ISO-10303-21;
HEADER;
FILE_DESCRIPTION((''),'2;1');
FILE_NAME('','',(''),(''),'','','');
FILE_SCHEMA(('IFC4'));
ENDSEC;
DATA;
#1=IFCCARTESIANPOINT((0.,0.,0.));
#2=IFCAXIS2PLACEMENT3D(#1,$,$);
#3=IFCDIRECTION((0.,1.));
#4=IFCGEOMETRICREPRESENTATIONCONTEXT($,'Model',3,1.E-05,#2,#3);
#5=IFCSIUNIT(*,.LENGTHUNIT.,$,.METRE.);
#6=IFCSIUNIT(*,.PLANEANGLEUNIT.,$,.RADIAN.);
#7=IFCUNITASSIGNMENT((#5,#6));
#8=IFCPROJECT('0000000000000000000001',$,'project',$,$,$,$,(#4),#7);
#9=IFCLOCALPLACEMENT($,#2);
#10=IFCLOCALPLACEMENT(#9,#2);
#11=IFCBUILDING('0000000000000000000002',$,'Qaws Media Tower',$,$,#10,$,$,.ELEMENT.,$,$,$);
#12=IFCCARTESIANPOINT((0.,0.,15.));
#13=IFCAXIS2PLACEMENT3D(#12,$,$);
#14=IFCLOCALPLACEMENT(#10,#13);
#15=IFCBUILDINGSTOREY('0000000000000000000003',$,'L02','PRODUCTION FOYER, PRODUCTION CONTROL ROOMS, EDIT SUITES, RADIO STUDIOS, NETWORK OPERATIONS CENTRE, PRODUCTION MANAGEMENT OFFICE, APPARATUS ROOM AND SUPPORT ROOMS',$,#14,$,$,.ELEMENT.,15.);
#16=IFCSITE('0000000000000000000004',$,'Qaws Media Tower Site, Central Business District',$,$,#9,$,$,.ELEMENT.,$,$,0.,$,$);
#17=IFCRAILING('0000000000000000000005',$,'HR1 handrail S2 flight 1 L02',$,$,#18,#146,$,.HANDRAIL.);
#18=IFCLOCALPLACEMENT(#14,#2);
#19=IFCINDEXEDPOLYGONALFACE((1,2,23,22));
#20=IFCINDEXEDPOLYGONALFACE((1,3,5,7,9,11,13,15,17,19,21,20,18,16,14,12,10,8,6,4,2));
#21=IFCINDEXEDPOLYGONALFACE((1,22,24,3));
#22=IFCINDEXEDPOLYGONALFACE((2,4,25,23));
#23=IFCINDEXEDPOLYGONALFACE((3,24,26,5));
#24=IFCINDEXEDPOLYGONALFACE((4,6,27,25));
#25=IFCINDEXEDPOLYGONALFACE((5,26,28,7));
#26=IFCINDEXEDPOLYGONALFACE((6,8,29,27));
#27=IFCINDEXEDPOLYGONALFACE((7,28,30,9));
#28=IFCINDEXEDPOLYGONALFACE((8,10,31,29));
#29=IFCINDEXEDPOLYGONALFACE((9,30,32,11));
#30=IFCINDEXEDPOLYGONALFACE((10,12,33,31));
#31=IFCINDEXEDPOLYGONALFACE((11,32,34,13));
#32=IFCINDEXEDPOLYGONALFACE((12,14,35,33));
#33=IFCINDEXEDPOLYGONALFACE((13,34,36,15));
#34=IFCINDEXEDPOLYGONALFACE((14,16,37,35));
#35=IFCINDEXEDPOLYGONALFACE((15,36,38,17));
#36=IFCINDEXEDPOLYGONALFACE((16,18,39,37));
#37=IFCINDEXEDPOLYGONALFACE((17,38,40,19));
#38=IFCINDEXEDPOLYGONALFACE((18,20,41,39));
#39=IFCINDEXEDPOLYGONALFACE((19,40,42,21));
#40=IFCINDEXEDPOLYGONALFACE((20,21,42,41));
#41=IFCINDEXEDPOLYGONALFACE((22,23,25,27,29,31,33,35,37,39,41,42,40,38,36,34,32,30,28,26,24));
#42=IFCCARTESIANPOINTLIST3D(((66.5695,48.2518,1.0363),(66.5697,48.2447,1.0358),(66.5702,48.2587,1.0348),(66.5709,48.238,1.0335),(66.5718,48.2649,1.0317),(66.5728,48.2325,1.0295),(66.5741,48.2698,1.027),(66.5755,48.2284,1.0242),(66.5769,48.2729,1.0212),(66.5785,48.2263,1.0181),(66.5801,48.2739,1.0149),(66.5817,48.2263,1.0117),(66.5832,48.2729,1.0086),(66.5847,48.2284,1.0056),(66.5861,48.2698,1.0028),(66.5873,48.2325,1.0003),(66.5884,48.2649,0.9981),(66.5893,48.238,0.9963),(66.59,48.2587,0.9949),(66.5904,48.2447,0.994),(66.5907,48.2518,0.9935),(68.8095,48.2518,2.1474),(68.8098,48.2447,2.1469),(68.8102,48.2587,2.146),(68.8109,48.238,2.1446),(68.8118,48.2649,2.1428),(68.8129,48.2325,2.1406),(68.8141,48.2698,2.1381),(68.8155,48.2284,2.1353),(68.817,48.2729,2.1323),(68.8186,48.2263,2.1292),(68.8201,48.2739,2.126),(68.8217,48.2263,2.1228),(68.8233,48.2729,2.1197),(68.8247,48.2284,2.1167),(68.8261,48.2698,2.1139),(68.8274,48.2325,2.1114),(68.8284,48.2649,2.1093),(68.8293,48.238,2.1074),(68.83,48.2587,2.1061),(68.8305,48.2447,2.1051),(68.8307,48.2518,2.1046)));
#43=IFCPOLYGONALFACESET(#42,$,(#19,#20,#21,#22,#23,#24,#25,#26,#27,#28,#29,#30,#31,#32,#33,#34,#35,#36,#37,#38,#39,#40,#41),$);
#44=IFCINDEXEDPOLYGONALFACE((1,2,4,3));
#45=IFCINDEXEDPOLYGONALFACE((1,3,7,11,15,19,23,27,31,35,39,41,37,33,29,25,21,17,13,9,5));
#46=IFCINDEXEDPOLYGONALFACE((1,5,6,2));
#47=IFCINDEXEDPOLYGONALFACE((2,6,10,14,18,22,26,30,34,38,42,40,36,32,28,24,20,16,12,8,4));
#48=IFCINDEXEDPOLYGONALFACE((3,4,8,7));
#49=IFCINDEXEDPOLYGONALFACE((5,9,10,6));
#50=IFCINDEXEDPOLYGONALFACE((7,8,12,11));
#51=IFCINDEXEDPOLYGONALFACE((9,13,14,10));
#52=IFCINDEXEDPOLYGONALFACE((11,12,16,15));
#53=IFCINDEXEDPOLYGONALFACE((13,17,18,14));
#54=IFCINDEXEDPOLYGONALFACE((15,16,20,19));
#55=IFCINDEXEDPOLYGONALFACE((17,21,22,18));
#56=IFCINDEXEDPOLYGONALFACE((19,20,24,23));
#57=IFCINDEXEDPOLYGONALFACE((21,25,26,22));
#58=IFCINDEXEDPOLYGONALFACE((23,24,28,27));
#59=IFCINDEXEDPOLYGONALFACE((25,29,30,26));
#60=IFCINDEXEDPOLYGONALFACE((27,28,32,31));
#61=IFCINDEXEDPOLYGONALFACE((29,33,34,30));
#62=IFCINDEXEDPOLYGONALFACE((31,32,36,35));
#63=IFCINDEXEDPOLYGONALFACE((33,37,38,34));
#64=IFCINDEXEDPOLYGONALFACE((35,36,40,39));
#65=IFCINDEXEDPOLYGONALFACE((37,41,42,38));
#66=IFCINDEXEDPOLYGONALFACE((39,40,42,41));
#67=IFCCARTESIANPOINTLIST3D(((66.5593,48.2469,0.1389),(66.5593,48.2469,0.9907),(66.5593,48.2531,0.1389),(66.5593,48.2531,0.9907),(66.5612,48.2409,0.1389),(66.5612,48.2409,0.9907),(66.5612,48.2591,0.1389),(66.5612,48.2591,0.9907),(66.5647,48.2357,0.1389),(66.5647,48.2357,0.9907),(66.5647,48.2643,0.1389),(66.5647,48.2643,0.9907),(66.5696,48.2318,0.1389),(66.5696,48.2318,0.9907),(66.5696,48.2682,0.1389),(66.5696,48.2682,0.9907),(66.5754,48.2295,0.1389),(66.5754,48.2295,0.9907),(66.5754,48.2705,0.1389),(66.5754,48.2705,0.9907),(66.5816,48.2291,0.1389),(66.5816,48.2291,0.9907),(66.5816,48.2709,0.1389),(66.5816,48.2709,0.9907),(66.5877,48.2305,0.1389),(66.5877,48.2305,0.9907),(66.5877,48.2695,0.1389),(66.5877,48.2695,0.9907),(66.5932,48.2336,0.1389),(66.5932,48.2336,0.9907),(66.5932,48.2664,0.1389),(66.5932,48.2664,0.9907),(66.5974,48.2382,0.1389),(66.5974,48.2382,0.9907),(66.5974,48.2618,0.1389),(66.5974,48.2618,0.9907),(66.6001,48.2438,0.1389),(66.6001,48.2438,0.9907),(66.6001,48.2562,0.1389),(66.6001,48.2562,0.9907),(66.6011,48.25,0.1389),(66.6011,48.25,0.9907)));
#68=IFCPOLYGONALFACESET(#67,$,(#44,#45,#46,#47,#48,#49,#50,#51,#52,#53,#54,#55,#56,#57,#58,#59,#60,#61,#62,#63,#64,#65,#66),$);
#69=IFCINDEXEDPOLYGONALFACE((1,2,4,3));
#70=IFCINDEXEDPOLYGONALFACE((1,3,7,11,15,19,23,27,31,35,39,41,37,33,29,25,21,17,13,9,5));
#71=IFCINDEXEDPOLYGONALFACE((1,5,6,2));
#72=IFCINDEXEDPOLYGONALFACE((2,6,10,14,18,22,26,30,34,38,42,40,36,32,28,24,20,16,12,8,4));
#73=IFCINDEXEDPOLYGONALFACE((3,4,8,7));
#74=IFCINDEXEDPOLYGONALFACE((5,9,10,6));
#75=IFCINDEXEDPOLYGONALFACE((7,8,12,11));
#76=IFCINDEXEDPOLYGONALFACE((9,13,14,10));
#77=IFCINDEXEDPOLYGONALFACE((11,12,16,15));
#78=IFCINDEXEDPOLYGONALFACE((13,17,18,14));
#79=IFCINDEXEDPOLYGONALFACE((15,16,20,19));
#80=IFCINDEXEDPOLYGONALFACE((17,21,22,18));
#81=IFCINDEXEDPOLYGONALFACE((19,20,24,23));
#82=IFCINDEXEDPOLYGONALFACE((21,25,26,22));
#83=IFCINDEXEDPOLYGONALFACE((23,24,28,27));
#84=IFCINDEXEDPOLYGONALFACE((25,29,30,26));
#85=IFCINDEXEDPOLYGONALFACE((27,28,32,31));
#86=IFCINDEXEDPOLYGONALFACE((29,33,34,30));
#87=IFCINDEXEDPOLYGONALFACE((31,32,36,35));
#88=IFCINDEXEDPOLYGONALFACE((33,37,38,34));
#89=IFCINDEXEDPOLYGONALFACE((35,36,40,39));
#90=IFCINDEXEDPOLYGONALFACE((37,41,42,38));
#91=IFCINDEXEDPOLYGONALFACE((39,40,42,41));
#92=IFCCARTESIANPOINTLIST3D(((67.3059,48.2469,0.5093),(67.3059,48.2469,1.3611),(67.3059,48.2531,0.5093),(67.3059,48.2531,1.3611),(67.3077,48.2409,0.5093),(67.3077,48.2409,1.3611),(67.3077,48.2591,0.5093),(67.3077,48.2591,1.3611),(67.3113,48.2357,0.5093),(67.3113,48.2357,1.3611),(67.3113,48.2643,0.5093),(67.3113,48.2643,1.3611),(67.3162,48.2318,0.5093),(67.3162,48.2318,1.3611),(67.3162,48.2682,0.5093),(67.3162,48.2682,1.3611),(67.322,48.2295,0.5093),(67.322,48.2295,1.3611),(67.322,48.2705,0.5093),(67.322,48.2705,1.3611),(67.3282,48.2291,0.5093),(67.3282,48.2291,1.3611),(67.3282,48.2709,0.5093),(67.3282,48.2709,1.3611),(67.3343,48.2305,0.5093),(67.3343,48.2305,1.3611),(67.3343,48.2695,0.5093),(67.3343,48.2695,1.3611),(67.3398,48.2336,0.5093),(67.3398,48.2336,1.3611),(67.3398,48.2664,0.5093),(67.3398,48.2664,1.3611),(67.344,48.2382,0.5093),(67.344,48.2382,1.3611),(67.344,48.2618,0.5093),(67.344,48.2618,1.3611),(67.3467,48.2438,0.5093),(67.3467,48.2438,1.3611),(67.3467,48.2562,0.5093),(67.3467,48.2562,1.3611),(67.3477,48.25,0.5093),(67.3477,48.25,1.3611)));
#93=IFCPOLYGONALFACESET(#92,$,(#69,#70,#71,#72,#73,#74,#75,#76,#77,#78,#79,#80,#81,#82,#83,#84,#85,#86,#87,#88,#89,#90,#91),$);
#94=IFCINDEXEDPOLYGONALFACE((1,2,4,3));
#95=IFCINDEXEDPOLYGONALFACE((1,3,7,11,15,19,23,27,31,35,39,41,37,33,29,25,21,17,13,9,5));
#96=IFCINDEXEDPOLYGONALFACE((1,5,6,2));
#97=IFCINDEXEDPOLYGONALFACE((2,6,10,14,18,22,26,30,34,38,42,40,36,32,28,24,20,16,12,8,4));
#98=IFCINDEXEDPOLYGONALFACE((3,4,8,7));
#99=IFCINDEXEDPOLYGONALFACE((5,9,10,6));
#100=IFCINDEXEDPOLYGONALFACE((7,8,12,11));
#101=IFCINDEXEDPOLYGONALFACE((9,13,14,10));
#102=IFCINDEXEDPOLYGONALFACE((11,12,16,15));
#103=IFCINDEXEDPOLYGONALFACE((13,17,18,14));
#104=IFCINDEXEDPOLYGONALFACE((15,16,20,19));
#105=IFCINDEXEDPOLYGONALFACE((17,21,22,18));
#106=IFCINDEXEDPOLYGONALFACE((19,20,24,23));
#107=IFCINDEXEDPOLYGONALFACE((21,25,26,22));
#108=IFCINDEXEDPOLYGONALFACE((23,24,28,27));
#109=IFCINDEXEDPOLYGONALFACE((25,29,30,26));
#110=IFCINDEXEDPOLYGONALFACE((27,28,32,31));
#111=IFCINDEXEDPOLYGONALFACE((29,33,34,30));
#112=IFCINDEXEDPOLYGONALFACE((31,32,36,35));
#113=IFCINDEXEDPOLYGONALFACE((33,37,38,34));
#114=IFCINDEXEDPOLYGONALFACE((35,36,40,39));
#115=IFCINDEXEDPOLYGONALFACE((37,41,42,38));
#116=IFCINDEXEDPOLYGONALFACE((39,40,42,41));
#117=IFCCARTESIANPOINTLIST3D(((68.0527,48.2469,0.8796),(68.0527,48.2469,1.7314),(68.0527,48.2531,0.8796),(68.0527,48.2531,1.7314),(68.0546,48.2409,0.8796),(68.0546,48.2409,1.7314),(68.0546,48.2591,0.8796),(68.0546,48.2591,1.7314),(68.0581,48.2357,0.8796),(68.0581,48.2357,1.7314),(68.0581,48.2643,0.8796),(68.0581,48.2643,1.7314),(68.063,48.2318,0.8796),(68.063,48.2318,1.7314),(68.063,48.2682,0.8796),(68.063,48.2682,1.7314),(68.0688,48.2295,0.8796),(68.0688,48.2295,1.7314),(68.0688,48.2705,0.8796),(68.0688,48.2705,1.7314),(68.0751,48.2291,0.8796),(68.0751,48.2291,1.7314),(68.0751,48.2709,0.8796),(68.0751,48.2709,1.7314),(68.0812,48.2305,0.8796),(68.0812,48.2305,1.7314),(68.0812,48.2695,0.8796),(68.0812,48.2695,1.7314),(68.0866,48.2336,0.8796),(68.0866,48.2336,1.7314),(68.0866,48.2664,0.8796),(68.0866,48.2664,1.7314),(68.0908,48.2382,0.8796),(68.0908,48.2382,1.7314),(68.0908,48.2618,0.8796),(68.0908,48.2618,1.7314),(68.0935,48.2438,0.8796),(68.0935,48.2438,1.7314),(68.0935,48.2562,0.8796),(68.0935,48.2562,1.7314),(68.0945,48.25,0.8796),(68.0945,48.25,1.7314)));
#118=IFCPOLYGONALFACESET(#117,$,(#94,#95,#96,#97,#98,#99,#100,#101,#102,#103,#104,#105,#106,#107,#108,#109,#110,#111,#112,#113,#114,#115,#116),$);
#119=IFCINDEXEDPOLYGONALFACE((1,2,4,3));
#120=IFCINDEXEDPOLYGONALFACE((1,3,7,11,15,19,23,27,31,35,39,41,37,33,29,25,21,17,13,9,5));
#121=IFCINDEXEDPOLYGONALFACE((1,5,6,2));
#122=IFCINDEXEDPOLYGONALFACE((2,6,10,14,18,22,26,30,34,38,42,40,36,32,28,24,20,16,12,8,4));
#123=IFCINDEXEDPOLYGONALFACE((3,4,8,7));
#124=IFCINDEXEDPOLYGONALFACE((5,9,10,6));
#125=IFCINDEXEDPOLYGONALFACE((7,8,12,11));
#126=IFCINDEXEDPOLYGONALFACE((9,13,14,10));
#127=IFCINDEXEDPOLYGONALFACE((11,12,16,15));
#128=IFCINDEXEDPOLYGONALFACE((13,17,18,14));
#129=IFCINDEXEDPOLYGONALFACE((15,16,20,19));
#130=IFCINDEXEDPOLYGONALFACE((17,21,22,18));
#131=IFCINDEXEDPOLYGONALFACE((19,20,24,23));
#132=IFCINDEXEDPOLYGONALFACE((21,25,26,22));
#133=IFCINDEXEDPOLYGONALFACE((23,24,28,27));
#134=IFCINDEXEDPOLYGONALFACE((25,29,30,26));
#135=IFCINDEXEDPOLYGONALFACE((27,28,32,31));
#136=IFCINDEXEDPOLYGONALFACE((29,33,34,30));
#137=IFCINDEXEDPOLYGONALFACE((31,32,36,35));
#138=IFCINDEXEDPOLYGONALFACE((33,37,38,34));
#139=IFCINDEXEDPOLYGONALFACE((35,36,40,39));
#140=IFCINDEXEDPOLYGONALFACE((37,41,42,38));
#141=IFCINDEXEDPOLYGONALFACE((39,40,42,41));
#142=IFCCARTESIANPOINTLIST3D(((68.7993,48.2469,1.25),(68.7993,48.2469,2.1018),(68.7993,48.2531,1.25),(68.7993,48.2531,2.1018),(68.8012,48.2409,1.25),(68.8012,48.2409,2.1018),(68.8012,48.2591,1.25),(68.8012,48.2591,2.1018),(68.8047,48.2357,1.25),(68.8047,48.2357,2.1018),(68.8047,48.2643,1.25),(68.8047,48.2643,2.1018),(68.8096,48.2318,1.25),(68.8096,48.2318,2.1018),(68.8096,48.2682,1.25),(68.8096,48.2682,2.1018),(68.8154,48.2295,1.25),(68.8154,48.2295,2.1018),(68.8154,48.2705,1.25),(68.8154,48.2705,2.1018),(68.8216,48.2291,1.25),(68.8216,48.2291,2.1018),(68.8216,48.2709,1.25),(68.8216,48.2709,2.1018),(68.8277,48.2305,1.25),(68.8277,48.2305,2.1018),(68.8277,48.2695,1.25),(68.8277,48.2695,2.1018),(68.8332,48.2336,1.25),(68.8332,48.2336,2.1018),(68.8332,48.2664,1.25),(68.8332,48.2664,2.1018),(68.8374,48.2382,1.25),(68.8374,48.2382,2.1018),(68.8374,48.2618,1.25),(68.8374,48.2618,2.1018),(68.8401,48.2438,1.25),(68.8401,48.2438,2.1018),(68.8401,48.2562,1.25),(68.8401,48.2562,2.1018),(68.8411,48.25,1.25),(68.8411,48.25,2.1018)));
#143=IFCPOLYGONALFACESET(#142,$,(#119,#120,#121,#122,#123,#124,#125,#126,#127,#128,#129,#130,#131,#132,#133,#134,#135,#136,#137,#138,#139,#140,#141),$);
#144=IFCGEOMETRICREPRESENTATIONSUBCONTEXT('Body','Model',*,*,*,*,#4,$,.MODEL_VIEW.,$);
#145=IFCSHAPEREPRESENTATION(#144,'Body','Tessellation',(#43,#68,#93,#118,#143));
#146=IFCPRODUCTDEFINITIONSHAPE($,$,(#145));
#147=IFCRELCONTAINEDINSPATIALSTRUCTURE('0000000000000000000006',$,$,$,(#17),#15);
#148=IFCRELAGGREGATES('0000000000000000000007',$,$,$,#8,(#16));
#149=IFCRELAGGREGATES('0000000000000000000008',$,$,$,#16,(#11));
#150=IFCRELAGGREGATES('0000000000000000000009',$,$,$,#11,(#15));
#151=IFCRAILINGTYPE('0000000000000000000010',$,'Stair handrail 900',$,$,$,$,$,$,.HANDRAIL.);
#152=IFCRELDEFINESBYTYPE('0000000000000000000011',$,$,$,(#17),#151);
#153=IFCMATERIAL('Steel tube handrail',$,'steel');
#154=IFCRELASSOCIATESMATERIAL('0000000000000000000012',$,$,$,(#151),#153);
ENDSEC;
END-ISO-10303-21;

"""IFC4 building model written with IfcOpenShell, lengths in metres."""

from ifc_helpers import new_model, si_unit, direction, frame, origin, origin_2d, place, context, subcontext, project, spatial, circle, extrude, material, type_object, element, save


model = new_model("IFC4")

# Units and contexts
model_context = context("Model", 3, precision=1e-05, world=origin(), true_north=direction((0.0, 1.0)))
body_context = subcontext(model_context, "Body", "Model", "MODEL_VIEW")
ifc_project = project(units=[si_unit("LENGTHUNIT", "METRE"), si_unit("PLANEANGLEUNIT", "RADIAN")], contexts=[model_context])

# Site, building, storey
site_placement = place(None, origin())
site = spatial("IfcSite", under=ifc_project, at=site_placement, Name="Qaws Media Tower Site, Central Business District", CompositionType="ELEMENT", RefElevation=0.0)
building_placement = place(site_placement, origin())
building = spatial("IfcBuilding", under=site, at=building_placement, Name="Qaws Media Tower", CompositionType="ELEMENT")
storey_placement = place(building_placement, frame((0.0, 0.0, 15.0)))
storey = spatial("IfcBuildingStorey", under=building, at=storey_placement, Name="L02", Description="PRODUCTION FOYER, PRODUCTION CONTROL ROOMS, EDIT SUITES, RADIO STUDIOS, NETWORK OPERATIONS CENTRE, PRODUCTION MANAGEMENT OFFICE, APPARATUS ROOM AND SUPPORT ROOMS", CompositionType="ELEMENT", Elevation=15.0)

# Railing
ifc_material_1 = material(Name="Steel tube handrail", Category="steel")
railing_type = type_object("IfcRailingType", Name="Stair handrail 900", PredefinedType="HANDRAIL", material=ifc_material_1)
for number, where, name in (
    (1, (66.5801, 48.25, 0.1389), "HR1 handrail S2 flight 1 L02"),
):
    element("IfcRailing", number, at=place(storey_placement, frame(where)), inside=storey, type_object=railing_type, Name=name, PredefinedType="HANDRAIL", context=body_context, shape_type="SweptSolid", body=[
        extrude(circle(Radius=0.0239, at=origin_2d()), frame((0.0, 0.0, 0.876), z_axis=(0.895848, 0.0, 0.44436), x_axis=(0.0, 1.0, 0.0)), (0.0, 0.0, 1.0), 2.5005),
        extrude(circle(Radius=0.021, at=origin_2d()), origin(), (0.0, 0.0, 1.0), 0.8518),
        extrude(circle(Radius=0.021, at=origin_2d()), frame((0.7466, 0.0, 0.3704)), (0.0, 0.0, 1.0), 0.8518),
        extrude(circle(Radius=0.021, at=origin_2d()), frame((1.4934, 0.0, 0.7407)), (0.0, 0.0, 1.0), 0.8518),
        extrude(circle(Radius=0.021, at=origin_2d()), frame((2.24, 0.0, 1.1111)), (0.0, 0.0, 1.0), 0.8518),
    ])

save(model, "model.ifc")
